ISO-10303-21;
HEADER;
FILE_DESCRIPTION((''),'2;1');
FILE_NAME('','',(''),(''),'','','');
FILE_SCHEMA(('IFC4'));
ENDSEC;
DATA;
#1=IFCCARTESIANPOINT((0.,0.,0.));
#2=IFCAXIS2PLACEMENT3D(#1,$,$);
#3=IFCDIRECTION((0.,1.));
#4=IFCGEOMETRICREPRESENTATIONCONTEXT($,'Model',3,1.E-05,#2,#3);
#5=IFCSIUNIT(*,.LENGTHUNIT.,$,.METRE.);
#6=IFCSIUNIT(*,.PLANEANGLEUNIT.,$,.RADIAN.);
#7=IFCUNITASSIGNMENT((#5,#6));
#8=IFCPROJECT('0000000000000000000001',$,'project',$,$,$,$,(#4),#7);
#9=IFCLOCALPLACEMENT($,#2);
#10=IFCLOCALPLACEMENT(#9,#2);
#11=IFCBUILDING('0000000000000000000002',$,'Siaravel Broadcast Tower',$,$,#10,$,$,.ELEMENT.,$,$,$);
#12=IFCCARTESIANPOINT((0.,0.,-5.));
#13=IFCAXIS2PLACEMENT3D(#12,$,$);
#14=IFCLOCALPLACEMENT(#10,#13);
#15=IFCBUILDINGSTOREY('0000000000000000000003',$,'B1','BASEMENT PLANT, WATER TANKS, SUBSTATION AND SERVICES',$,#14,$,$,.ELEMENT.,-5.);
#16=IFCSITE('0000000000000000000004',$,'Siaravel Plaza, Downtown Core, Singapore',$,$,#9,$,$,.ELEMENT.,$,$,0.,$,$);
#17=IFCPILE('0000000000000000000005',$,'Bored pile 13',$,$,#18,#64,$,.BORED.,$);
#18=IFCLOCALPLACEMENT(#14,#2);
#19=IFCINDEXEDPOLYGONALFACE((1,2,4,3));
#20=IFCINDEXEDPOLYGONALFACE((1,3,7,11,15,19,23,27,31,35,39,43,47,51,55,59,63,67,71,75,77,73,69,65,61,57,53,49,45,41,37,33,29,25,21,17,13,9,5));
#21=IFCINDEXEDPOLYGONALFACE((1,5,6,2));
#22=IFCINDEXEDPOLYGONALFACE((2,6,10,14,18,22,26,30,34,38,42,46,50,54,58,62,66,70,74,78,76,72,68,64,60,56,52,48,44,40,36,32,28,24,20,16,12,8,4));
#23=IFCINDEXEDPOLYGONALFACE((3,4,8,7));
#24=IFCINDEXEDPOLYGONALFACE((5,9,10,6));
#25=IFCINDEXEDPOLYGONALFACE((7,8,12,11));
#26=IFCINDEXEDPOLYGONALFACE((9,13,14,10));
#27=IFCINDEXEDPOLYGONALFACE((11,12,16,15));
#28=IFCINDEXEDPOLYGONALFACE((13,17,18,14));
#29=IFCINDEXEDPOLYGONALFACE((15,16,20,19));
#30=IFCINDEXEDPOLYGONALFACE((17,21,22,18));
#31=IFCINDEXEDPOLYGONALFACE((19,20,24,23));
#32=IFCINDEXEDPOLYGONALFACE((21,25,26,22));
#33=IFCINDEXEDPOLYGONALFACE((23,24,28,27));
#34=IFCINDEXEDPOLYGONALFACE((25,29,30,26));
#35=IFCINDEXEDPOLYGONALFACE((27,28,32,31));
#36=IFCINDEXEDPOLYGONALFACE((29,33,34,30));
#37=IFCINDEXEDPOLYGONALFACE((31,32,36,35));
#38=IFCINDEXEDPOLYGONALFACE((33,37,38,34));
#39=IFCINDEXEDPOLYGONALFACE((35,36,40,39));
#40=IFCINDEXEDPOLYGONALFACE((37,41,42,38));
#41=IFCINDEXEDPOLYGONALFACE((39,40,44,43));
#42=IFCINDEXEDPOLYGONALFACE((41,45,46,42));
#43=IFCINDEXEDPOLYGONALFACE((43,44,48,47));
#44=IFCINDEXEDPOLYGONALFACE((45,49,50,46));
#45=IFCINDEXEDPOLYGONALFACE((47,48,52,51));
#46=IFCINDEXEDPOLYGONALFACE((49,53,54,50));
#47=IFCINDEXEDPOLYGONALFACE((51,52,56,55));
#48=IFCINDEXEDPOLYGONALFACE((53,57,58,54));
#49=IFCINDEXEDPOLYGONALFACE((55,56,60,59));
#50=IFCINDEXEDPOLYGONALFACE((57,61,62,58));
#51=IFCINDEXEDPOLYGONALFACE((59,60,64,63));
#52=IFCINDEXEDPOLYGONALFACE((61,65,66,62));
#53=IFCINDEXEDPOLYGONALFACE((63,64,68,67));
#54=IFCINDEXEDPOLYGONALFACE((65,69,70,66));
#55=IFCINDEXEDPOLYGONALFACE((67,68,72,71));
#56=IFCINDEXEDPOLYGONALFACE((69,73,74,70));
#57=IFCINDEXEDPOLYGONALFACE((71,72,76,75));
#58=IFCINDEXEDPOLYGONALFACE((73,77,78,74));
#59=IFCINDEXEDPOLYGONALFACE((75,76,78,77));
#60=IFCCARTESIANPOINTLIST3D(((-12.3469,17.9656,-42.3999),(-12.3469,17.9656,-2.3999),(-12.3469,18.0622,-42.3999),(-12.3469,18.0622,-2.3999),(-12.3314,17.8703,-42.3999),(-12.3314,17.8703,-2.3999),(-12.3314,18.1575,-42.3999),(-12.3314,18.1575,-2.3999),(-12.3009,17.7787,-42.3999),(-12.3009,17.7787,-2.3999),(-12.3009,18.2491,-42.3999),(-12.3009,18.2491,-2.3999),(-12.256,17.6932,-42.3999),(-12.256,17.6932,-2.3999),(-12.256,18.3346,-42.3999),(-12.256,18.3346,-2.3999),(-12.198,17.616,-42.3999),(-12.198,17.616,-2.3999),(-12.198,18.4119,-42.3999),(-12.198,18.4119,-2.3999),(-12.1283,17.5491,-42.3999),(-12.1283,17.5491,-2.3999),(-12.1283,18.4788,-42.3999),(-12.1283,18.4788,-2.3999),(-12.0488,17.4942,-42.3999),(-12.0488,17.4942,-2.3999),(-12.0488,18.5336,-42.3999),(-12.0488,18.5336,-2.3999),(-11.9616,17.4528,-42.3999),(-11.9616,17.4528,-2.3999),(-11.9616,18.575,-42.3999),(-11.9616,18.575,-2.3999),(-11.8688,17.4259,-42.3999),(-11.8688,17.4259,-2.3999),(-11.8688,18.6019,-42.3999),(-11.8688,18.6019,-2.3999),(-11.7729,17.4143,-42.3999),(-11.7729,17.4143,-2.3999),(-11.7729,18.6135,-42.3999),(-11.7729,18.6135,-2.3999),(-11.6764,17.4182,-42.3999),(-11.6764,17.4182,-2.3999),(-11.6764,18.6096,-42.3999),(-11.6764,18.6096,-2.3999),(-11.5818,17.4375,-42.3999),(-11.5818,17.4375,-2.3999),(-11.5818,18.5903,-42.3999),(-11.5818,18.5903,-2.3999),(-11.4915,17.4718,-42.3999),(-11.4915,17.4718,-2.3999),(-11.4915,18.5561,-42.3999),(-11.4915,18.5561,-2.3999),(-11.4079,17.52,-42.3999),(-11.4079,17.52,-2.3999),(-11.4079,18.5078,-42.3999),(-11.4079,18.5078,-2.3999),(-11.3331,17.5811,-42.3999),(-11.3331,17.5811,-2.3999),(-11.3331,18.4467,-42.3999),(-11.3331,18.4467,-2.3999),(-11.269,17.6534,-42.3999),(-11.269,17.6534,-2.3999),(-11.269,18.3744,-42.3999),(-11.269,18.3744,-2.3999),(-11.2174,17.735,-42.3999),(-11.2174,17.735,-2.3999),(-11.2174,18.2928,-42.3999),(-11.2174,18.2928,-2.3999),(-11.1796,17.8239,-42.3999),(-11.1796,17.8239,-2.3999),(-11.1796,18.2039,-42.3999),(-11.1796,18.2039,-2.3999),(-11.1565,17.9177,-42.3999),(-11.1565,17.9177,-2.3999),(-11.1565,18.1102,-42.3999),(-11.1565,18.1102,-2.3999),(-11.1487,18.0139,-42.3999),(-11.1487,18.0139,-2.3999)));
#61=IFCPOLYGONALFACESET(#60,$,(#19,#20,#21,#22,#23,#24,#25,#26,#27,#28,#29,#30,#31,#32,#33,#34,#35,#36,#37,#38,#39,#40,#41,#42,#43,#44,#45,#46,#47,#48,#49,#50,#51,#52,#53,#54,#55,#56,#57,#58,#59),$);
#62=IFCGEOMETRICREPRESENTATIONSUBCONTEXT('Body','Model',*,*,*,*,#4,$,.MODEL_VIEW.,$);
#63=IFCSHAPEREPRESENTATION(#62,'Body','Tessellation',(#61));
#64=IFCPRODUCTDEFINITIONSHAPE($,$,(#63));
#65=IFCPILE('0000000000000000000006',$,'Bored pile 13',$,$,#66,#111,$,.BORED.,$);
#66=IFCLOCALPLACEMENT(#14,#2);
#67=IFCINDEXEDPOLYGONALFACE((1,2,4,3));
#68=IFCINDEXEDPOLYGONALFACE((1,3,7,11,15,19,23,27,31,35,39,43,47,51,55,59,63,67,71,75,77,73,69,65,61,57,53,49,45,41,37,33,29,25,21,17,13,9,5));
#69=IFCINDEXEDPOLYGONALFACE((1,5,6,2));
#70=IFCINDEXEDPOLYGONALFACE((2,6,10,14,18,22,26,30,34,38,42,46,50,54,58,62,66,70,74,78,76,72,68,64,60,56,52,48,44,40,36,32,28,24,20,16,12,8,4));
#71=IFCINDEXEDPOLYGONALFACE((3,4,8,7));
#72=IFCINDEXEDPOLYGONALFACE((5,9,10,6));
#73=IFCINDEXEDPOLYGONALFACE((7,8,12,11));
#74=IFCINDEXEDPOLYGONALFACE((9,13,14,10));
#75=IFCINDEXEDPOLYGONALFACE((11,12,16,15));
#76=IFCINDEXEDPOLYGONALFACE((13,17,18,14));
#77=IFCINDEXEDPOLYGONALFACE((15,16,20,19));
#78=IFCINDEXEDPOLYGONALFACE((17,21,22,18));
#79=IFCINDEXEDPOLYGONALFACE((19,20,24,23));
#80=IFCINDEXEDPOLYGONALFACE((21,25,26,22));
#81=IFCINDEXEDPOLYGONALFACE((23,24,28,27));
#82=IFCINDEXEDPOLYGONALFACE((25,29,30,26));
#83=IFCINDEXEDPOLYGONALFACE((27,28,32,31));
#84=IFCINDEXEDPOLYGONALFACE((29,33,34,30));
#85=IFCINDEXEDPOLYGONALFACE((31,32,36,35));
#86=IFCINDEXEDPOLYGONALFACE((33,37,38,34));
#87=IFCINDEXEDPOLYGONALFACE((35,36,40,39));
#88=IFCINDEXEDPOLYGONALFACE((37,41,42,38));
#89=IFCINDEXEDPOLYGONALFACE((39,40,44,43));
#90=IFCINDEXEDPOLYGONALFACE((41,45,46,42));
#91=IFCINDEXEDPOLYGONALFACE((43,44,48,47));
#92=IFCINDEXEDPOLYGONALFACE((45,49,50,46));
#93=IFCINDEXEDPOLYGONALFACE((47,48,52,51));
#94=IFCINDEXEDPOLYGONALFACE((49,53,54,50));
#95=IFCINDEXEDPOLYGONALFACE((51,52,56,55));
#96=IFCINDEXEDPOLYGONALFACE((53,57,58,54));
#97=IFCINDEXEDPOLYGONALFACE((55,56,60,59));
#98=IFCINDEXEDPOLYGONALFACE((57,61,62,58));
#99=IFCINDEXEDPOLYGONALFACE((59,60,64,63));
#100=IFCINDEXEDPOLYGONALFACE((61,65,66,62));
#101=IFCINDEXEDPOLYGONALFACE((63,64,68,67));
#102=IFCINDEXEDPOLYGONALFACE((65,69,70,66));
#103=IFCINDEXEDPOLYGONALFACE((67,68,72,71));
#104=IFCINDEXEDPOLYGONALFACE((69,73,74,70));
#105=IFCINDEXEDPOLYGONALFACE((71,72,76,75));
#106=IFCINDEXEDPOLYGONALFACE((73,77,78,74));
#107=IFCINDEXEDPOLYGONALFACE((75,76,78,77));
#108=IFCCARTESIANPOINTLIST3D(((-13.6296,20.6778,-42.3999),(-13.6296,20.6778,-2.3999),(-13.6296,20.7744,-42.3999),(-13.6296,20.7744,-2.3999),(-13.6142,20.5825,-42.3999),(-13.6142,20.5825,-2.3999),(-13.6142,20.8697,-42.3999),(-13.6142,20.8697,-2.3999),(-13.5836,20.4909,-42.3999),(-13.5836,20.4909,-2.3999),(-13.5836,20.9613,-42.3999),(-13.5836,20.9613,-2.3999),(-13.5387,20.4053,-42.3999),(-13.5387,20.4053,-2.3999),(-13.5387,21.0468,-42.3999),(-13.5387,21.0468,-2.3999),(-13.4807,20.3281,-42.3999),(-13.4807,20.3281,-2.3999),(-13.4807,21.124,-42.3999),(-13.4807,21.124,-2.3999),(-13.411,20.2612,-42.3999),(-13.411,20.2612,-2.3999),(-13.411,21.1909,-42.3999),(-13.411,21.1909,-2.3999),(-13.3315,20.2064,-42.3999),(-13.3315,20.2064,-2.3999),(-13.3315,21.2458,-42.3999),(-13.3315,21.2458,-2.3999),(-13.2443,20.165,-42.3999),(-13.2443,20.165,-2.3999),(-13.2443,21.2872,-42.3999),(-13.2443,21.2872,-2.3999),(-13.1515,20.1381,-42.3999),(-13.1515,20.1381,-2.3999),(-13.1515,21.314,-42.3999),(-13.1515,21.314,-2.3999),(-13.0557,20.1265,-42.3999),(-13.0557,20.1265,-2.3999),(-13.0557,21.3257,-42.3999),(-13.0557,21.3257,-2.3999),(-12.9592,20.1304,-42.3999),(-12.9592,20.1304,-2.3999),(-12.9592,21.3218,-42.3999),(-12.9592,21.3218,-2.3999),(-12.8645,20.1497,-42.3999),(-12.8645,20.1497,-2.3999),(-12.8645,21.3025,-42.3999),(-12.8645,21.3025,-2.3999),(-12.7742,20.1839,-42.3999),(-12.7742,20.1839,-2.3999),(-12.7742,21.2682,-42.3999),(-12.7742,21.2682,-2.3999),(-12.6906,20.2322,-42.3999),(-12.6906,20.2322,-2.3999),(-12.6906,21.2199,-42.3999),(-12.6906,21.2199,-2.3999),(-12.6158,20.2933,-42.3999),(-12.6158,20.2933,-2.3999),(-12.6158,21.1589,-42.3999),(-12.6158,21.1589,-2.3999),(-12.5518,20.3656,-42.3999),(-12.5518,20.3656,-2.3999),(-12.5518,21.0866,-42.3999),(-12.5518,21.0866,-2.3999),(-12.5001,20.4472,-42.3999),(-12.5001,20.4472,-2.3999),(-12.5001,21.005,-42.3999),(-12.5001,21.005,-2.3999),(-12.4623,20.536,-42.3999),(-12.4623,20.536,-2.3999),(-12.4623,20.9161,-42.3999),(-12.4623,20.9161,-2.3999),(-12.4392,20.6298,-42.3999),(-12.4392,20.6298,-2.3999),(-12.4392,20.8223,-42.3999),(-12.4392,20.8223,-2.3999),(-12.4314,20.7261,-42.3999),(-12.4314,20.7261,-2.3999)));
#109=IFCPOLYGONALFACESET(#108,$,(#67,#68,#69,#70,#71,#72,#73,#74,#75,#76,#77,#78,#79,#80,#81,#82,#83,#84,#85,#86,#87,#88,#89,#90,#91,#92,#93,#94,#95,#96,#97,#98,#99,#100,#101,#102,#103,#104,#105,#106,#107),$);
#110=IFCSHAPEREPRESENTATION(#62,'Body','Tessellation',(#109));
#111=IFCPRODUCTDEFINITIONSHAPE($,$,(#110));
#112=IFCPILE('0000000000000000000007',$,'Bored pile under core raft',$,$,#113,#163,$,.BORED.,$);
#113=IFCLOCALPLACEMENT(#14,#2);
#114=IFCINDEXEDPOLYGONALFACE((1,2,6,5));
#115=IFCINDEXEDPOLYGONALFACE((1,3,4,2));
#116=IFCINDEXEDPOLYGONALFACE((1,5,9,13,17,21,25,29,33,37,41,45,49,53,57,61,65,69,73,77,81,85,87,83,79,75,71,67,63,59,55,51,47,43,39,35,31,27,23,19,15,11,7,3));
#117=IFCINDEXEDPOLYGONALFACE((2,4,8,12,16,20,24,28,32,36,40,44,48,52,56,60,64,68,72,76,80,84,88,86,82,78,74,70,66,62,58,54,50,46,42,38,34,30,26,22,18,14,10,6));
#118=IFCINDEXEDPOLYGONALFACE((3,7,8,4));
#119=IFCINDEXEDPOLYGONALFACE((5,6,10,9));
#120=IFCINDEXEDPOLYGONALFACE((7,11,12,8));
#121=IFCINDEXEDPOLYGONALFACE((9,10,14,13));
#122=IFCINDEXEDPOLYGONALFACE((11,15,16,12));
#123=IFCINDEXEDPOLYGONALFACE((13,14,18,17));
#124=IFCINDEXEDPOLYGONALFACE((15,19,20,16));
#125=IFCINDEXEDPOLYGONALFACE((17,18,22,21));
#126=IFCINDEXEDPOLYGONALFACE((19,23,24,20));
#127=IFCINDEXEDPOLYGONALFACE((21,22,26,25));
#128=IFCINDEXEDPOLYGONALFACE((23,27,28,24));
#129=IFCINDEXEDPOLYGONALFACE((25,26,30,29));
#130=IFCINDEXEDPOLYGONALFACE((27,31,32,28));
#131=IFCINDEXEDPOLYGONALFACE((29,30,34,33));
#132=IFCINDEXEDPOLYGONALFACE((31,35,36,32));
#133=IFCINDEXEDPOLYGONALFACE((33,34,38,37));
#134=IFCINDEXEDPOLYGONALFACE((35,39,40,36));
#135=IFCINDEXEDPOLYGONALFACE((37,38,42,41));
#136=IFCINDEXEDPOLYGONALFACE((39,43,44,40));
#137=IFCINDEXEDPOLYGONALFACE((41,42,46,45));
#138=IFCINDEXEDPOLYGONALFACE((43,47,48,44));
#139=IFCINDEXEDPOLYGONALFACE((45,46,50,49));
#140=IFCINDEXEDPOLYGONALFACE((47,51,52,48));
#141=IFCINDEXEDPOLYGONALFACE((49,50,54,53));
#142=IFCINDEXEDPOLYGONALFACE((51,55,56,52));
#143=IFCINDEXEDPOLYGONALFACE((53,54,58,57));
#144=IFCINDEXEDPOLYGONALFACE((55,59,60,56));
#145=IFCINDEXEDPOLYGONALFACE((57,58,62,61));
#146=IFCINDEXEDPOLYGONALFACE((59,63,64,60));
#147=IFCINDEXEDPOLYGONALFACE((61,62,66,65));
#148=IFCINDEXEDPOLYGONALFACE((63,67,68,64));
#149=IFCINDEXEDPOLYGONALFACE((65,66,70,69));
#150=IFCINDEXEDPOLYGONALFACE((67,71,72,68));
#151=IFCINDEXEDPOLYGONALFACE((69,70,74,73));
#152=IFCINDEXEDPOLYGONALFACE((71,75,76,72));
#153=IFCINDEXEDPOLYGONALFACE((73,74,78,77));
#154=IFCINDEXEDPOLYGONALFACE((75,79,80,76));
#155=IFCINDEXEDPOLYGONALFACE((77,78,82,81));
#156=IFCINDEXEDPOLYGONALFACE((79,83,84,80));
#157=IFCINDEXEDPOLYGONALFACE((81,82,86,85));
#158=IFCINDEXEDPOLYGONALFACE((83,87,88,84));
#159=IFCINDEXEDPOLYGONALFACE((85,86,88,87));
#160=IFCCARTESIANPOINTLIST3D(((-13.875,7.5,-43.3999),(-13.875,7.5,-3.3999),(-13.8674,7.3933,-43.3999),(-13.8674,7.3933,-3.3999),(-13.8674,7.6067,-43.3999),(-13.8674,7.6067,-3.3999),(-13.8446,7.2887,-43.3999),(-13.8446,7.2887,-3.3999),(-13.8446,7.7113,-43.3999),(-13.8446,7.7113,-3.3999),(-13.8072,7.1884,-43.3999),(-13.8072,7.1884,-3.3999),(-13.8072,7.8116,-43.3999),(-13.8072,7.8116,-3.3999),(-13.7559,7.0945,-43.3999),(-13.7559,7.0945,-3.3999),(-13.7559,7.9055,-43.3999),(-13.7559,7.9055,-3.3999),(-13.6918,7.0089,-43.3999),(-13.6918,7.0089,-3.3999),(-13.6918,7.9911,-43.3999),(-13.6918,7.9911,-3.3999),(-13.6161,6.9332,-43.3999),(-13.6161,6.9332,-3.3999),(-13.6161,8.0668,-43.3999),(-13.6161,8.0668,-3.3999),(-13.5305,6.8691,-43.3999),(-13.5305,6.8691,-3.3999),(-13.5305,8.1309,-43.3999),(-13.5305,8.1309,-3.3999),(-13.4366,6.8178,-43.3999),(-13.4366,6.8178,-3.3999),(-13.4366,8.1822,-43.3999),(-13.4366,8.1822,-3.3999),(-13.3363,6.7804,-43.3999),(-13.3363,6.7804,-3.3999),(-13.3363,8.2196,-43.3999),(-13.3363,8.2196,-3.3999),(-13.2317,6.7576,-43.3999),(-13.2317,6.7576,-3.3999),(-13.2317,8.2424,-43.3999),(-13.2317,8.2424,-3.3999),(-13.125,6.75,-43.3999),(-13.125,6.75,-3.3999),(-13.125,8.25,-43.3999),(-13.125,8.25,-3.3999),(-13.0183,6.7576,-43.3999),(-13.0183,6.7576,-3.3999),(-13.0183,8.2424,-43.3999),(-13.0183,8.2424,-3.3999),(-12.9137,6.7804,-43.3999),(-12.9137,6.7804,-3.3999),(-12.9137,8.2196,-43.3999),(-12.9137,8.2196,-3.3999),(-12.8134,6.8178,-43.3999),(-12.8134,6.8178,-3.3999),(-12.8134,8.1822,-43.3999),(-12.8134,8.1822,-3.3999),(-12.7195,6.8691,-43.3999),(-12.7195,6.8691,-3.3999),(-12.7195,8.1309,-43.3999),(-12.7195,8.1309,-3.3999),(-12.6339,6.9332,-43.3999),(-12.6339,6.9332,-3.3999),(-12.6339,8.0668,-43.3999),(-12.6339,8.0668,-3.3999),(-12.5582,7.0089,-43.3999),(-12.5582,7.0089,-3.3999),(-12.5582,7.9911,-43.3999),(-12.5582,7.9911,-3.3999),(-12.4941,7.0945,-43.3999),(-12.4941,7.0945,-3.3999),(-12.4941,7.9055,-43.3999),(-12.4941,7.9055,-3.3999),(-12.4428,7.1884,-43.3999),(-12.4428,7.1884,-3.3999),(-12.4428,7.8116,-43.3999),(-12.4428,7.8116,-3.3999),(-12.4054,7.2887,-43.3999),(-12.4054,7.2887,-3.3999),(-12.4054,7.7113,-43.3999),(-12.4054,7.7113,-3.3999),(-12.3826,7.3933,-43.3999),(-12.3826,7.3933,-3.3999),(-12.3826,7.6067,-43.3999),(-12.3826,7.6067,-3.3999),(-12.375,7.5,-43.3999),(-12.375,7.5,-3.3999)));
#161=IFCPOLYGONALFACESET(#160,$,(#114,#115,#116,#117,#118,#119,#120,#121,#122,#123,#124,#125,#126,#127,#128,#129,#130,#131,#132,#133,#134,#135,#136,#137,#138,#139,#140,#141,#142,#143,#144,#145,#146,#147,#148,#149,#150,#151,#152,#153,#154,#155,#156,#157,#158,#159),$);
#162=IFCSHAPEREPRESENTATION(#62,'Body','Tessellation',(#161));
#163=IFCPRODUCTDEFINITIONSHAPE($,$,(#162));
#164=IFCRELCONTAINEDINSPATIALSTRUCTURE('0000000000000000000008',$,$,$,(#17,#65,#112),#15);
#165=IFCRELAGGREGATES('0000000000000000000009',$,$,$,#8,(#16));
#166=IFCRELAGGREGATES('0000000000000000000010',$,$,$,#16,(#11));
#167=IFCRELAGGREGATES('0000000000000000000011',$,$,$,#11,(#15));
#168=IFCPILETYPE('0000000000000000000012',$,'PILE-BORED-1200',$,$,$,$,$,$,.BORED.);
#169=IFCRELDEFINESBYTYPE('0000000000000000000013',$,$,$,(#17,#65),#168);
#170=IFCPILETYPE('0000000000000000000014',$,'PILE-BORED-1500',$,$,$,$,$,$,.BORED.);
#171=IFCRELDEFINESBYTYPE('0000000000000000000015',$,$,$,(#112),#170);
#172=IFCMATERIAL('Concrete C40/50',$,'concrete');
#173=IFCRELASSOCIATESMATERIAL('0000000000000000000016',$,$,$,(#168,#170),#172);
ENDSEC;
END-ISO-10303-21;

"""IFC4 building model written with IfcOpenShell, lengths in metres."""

from ifc_helpers import new_model, si_unit, direction, frame, origin, origin_2d, place, context, subcontext, project, spatial, circle, extrude, material, material_profile, profile_set, type_object, element, save


model = new_model("IFC4")

# Units and contexts
model_context = context("Model", 3, precision=1e-05, world=origin(), true_north=direction((0.0, 1.0)))
body_context = subcontext(model_context, "Body", "Model", "MODEL_VIEW")
ifc_project = project(units=[si_unit("LENGTHUNIT", "METRE"), si_unit("PLANEANGLEUNIT", "RADIAN")], contexts=[model_context])

# Site, building, storey
site_placement = place(None, origin())
site = spatial("IfcSite", under=ifc_project, at=site_placement, Name="Siaravel Plaza, Downtown Core, Singapore", CompositionType="ELEMENT", RefElevation=0.0)
building_placement = place(site_placement, origin())
building = spatial("IfcBuilding", under=site, at=building_placement, Name="Siaravel Broadcast Tower", CompositionType="ELEMENT")
storey_placement = place(building_placement, frame((0.0, 0.0, -5.0)))
storey = spatial("IfcBuildingStorey", under=building, at=storey_placement, Name="B1", Description="BASEMENT PLANT, WATER TANKS, SUBSTATION AND SERVICES", CompositionType="ELEMENT", Elevation=-5.0)

# Shared definitions
ifc_material_1 = material(Name="Concrete C40/50", Category="concrete")

# Piles
ifc_material_profile_1 = material_profile(ifc_material_1, circle(Radius=0.6001, at=origin_2d()))
ifc_profile_set_1 = profile_set([ifc_material_profile_1], Name="Concrete C40/50")
pile_type_1 = type_object("IfcPileType", Name="PILE-BORED-1200", PredefinedType="BORED", material=ifc_profile_set_1)
for number, where, z_axis, x_axis, name in (
    (1, (-11.7488, 18.0139, -2.3999), (0.0, 0.0, -1.0), (1.0, 0.0, 0.0), "Bored pile 13"),
    (2, (-13.0315, 20.7261, -2.3999), (0.0, 0.0, -1.0), (1.0, 0.0, 0.0), "Bored pile 13"),
):
    element("IfcPile", number, at=place(storey_placement, frame(where, z_axis=z_axis, x_axis=x_axis)), inside=storey, type_object=pile_type_1, Name=name, PredefinedType="BORED", context=body_context, shape_type="SweptSolid", body=[
        extrude(circle(Radius=0.6001, at=origin_2d()), origin(), (0.0, 0.0, 1.0), 40.0),
    ])
ifc_material_profile_2 = material_profile(ifc_material_1, circle(Radius=0.75, at=origin_2d()))
ifc_profile_set_2 = profile_set([ifc_material_profile_2], Name="Concrete C40/50")
pile_type_2 = type_object("IfcPileType", Name="PILE-BORED-1500", PredefinedType="BORED", material=ifc_profile_set_2)
for number, where, z_axis, x_axis, name in (
    (3, (-13.125, 7.5, -3.3999), (0.0, 0.0, -1.0), (1.0, 0.0, 0.0), "Bored pile under core raft"),
):
    element("IfcPile", number, at=place(storey_placement, frame(where, z_axis=z_axis, x_axis=x_axis)), inside=storey, type_object=pile_type_2, Name=name, PredefinedType="BORED", context=body_context, shape_type="SweptSolid", body=[
        extrude(circle(Radius=0.75, at=origin_2d()), origin(), (0.0, 0.0, 1.0), 40.0),
    ])

save(model, "model.ifc")
